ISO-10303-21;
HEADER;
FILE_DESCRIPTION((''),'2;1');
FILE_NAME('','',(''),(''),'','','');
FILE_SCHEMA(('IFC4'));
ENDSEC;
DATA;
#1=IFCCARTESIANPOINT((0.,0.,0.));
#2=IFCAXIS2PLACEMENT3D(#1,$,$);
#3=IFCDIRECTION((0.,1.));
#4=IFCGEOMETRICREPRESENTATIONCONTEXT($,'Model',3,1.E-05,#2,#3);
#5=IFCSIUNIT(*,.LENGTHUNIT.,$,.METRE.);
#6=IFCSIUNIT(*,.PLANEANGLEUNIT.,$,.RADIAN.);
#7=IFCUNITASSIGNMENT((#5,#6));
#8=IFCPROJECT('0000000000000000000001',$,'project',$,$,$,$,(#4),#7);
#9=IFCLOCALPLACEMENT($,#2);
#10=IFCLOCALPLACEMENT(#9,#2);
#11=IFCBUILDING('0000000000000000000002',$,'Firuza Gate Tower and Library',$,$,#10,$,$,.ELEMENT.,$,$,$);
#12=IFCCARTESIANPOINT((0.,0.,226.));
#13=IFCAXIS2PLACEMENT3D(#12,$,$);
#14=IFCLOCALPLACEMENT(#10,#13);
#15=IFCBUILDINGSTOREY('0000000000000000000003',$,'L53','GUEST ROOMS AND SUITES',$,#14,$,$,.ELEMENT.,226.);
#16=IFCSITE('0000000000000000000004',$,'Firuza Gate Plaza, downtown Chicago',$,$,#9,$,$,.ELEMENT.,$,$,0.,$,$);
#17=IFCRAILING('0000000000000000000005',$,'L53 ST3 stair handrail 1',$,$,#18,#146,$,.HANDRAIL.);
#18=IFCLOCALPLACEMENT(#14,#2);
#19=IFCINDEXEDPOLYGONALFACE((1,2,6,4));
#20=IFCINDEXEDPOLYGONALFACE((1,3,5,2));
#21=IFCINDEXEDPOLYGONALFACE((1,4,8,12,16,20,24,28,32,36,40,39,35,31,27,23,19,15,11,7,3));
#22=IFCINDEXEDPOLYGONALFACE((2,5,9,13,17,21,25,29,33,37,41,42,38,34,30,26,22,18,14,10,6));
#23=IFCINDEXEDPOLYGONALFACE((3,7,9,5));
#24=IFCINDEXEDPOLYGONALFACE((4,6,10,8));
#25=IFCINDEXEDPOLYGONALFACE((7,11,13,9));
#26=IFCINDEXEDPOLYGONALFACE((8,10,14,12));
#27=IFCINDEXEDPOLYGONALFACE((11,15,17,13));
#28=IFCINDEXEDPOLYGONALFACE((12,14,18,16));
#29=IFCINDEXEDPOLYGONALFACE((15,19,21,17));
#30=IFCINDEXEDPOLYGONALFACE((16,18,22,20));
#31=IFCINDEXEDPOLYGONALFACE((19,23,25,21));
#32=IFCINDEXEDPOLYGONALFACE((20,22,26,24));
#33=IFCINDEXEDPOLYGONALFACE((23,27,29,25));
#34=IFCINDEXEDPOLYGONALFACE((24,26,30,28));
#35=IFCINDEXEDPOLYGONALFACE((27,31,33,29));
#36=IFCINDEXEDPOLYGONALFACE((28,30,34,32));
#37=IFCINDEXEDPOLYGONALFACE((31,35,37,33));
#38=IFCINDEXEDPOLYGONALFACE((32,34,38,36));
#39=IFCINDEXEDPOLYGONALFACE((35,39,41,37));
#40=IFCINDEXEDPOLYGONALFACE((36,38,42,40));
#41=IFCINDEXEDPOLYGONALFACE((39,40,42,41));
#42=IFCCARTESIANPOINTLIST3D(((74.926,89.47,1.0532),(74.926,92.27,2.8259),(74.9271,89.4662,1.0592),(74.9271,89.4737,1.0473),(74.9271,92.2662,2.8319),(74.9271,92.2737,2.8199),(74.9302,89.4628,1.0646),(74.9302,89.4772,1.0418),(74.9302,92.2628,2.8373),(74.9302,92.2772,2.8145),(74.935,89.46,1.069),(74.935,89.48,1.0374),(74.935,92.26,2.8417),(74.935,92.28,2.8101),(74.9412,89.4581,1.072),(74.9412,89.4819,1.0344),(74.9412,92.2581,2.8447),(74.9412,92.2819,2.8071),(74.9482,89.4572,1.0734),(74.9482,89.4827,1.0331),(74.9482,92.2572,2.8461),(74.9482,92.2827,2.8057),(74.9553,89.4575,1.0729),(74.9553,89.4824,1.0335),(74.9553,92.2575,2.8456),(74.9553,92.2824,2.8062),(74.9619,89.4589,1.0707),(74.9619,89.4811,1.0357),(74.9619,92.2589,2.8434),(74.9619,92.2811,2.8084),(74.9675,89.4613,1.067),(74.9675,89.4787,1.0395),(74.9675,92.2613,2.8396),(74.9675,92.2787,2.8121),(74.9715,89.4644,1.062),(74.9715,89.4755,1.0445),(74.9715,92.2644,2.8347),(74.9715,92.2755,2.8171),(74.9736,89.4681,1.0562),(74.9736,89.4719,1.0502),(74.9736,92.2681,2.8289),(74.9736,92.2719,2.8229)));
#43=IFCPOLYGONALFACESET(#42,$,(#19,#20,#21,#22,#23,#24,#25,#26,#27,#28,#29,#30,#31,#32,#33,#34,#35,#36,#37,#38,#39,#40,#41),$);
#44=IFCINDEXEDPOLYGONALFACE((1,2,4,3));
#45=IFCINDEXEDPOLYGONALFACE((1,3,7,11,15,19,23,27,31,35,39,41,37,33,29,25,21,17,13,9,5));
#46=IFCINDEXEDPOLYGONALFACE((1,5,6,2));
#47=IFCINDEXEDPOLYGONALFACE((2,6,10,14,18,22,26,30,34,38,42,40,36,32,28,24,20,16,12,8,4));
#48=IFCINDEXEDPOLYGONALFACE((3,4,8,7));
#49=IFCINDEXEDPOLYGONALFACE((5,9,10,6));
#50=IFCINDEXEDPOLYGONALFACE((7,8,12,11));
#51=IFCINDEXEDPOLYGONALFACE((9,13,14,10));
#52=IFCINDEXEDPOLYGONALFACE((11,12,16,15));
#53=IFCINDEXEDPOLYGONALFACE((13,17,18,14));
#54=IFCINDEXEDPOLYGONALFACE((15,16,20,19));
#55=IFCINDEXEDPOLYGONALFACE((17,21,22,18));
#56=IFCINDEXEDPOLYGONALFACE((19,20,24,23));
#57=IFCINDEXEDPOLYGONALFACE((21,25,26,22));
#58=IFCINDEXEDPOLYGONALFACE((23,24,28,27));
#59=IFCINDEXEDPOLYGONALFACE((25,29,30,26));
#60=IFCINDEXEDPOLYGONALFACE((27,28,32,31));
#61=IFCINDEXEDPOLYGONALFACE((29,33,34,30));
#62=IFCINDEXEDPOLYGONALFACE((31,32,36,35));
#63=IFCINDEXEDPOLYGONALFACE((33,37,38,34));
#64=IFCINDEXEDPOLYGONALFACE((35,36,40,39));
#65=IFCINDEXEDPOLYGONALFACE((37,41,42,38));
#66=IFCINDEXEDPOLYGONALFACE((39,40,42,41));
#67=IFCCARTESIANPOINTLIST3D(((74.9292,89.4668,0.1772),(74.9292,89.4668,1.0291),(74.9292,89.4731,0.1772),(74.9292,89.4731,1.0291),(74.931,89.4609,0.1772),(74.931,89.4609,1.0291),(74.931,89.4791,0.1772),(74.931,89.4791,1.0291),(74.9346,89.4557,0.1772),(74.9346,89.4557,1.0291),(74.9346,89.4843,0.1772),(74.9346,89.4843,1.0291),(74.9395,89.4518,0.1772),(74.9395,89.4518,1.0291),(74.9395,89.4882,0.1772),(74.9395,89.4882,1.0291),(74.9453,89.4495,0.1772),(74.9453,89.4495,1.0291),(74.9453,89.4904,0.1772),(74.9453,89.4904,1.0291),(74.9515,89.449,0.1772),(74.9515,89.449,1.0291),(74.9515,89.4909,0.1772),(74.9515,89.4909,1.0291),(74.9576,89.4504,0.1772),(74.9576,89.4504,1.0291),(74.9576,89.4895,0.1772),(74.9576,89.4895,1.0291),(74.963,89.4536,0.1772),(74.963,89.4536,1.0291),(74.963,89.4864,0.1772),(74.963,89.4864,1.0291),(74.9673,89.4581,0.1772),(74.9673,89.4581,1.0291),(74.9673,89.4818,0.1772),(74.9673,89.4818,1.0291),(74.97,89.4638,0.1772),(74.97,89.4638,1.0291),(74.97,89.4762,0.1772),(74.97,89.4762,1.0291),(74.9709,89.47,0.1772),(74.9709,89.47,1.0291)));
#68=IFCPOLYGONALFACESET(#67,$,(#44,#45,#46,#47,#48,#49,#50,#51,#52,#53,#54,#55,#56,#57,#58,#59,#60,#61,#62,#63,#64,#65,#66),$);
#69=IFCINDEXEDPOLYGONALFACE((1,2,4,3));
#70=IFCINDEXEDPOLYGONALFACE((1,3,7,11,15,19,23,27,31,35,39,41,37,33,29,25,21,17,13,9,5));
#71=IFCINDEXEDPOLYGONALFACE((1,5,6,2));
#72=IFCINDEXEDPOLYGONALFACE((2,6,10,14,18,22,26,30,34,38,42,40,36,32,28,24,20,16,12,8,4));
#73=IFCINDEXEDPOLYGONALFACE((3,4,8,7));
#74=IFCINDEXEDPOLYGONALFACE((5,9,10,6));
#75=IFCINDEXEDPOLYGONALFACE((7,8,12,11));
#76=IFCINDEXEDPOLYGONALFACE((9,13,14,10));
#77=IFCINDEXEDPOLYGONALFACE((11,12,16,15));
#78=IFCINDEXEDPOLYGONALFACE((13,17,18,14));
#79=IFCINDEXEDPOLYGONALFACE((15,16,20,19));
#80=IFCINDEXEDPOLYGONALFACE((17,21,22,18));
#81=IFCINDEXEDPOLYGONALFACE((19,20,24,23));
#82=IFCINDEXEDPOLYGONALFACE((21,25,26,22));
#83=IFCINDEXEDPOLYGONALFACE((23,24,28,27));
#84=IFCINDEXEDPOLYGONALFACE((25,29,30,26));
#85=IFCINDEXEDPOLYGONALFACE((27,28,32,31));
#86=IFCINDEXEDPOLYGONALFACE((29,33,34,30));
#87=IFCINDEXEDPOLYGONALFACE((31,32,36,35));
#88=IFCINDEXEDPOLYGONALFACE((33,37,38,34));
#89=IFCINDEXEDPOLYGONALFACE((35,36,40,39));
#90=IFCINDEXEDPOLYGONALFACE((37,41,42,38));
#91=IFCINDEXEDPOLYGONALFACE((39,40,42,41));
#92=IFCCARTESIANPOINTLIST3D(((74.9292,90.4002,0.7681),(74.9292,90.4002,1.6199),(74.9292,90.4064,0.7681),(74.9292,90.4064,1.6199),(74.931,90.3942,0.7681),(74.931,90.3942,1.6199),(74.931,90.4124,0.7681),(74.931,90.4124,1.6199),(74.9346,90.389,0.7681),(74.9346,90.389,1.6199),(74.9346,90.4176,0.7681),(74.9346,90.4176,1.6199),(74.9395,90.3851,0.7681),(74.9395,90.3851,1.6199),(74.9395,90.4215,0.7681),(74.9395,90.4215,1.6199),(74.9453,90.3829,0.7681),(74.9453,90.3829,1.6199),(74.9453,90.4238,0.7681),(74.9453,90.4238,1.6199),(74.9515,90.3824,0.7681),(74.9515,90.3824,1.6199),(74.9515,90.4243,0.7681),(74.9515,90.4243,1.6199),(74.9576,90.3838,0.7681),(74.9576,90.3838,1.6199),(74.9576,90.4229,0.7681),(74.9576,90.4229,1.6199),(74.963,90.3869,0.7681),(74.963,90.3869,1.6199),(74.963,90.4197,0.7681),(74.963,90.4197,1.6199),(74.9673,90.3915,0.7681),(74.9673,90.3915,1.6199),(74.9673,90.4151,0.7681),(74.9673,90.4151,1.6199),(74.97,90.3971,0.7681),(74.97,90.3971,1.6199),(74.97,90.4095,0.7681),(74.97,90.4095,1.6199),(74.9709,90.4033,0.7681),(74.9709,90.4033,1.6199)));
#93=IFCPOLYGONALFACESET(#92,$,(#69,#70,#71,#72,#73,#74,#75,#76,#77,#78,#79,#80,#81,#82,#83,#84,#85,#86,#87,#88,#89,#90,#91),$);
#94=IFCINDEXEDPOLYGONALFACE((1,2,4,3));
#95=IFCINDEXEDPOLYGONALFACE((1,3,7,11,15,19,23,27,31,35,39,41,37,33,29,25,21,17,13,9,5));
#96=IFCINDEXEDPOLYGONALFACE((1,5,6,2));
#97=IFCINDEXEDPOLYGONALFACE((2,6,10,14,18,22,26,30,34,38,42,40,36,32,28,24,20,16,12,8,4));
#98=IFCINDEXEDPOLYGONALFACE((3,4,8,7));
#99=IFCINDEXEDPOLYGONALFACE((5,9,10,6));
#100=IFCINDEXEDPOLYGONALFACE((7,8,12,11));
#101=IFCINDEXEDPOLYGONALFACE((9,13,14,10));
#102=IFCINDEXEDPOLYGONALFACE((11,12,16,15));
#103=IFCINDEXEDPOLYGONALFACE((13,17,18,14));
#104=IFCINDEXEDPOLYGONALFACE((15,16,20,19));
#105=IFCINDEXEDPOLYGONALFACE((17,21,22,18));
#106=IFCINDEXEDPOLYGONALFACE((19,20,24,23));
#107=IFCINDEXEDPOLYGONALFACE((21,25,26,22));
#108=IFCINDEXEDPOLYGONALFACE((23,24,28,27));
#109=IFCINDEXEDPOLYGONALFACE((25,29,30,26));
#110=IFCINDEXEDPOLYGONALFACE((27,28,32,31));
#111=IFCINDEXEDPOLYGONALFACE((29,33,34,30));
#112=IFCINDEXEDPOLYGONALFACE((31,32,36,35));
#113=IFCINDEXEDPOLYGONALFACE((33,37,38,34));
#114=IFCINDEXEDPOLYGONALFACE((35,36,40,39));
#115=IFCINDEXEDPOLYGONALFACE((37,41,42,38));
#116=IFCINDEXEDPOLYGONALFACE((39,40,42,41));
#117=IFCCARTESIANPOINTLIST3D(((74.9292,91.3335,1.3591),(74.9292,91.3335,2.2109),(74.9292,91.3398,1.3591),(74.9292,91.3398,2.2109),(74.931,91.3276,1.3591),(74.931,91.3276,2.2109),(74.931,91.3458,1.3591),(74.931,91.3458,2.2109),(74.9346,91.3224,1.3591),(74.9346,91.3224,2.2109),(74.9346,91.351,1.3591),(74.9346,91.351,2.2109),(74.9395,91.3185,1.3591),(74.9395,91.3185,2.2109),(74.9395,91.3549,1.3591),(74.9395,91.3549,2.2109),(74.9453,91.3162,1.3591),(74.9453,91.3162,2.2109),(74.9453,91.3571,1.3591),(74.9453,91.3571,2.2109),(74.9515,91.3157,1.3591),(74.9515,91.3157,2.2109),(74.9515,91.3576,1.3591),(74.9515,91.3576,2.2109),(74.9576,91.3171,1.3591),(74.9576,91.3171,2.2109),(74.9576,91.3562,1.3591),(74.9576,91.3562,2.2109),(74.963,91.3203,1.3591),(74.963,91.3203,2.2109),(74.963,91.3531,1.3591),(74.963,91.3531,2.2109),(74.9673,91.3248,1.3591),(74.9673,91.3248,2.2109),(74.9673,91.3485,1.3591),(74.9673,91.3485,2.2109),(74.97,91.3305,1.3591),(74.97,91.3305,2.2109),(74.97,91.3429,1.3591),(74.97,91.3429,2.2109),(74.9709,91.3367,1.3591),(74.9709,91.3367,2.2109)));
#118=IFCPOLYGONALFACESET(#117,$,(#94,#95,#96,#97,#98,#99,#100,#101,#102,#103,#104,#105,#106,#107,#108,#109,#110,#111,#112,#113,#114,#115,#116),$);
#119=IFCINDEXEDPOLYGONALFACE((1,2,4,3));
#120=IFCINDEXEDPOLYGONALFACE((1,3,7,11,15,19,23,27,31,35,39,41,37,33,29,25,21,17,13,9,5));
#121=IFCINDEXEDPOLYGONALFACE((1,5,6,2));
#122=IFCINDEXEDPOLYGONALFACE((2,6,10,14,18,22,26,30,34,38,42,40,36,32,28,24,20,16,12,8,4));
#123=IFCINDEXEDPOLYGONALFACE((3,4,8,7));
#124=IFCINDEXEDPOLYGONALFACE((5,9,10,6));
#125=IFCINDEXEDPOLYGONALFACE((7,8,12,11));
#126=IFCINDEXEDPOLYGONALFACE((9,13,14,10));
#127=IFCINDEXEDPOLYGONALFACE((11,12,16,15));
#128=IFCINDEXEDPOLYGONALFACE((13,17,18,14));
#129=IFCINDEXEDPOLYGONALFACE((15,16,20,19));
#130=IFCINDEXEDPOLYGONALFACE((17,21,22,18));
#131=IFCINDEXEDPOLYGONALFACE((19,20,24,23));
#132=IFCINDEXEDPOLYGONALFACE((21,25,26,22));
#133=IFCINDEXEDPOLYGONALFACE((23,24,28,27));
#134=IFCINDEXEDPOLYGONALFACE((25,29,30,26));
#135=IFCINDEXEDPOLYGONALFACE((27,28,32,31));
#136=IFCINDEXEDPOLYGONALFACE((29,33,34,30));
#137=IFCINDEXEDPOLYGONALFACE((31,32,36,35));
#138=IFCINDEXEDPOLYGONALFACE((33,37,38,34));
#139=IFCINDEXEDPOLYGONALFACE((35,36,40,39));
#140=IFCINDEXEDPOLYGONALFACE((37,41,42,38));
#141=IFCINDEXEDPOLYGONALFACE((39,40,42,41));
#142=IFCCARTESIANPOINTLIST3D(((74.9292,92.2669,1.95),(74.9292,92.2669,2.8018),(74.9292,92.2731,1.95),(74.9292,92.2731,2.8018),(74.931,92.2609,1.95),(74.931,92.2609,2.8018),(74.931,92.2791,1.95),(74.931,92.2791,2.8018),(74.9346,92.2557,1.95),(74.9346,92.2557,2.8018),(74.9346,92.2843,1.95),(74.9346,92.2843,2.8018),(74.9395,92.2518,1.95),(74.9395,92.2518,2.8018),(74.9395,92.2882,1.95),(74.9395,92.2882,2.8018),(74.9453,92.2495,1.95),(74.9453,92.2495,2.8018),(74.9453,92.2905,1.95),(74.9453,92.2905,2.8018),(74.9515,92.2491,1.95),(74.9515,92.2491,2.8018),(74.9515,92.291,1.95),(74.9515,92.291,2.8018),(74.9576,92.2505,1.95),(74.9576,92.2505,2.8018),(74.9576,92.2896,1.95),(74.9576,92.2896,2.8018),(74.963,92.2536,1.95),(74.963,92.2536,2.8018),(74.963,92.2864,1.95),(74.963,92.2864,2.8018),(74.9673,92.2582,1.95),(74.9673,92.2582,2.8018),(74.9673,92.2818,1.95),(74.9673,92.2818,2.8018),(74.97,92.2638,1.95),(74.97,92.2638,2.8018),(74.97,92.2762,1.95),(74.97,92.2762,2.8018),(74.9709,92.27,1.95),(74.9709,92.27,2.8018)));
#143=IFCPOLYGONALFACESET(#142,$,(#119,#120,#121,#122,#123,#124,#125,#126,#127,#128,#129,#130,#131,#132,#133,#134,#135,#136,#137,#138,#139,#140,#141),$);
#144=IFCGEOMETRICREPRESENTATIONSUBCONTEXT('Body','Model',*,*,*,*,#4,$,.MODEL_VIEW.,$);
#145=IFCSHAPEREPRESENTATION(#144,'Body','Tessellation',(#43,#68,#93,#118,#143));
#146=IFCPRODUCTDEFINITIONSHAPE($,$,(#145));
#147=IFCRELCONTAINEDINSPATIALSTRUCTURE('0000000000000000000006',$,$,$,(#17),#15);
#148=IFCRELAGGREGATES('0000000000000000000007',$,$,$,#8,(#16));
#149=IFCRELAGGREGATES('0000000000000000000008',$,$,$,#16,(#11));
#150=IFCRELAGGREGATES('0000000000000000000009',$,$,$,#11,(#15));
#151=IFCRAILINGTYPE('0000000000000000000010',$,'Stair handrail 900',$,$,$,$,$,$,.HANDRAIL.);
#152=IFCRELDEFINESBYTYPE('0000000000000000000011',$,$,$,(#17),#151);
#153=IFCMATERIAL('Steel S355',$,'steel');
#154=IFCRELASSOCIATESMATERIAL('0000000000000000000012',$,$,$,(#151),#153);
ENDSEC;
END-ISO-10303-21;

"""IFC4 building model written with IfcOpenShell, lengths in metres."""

from ifc_helpers import new_model, si_unit, direction, frame, origin, origin_2d, place, context, subcontext, project, spatial, circle, extrude, material, type_object, element, save


model = new_model("IFC4")

# Units and contexts
model_context = context("Model", 3, precision=1e-05, world=origin(), true_north=direction((0.0, 1.0)))
body_context = subcontext(model_context, "Body", "Model", "MODEL_VIEW")
ifc_project = project(units=[si_unit("LENGTHUNIT", "METRE"), si_unit("PLANEANGLEUNIT", "RADIAN")], contexts=[model_context])

# Site, building, storey
site_placement = place(None, origin())
site = spatial("IfcSite", under=ifc_project, at=site_placement, Name="Firuza Gate Plaza, downtown Chicago", CompositionType="ELEMENT", RefElevation=0.0)
building_placement = place(site_placement, origin())
building = spatial("IfcBuilding", under=site, at=building_placement, Name="Firuza Gate Tower and Library", CompositionType="ELEMENT")
storey_placement = place(building_placement, frame((0.0, 0.0, 226.0)))
storey = spatial("IfcBuildingStorey", under=building, at=storey_placement, Name="L53", Description="GUEST ROOMS AND SUITES", CompositionType="ELEMENT", Elevation=226.0)

# Railing
ifc_material_1 = material(Name="Steel S355", Category="steel")
railing_type = type_object("IfcRailingType", Name="Stair handrail 900", PredefinedType="HANDRAIL", material=ifc_material_1)
railing_placement = place(storey_placement, frame((74.95, 89.47, 0.1772)))
element("IfcRailing", 1, at=railing_placement, inside=storey, type_object=railing_type, Name="L53 ST3 stair handrail 1", PredefinedType="HANDRAIL", context=body_context, shape_type="SweptSolid", body=[
    extrude(circle(Radius=0.0239, at=origin_2d()), frame((0.0, 0.0, 0.876), z_axis=(0.0, 0.844909, 0.53491), x_axis=(-1.0, 0.0, 0.0)), (0.0, 0.0, 1.0), 3.314),
    extrude(circle(Radius=0.021, at=origin_2d()), origin(), (0.0, 0.0, 1.0), 0.8518),
    extrude(circle(Radius=0.021, at=origin_2d()), frame((0.0, 0.9333, 0.5908)), (0.0, 0.0, 1.0), 0.8518),
    extrude(circle(Radius=0.021, at=origin_2d()), frame((0.0, 1.8667, 1.1819)), (0.0, 0.0, 1.0), 0.8518),
    extrude(circle(Radius=0.021, at=origin_2d()), frame((0.0, 2.8, 1.7727)), (0.0, 0.0, 1.0), 0.8518),
])

save(model, "model.ifc")
